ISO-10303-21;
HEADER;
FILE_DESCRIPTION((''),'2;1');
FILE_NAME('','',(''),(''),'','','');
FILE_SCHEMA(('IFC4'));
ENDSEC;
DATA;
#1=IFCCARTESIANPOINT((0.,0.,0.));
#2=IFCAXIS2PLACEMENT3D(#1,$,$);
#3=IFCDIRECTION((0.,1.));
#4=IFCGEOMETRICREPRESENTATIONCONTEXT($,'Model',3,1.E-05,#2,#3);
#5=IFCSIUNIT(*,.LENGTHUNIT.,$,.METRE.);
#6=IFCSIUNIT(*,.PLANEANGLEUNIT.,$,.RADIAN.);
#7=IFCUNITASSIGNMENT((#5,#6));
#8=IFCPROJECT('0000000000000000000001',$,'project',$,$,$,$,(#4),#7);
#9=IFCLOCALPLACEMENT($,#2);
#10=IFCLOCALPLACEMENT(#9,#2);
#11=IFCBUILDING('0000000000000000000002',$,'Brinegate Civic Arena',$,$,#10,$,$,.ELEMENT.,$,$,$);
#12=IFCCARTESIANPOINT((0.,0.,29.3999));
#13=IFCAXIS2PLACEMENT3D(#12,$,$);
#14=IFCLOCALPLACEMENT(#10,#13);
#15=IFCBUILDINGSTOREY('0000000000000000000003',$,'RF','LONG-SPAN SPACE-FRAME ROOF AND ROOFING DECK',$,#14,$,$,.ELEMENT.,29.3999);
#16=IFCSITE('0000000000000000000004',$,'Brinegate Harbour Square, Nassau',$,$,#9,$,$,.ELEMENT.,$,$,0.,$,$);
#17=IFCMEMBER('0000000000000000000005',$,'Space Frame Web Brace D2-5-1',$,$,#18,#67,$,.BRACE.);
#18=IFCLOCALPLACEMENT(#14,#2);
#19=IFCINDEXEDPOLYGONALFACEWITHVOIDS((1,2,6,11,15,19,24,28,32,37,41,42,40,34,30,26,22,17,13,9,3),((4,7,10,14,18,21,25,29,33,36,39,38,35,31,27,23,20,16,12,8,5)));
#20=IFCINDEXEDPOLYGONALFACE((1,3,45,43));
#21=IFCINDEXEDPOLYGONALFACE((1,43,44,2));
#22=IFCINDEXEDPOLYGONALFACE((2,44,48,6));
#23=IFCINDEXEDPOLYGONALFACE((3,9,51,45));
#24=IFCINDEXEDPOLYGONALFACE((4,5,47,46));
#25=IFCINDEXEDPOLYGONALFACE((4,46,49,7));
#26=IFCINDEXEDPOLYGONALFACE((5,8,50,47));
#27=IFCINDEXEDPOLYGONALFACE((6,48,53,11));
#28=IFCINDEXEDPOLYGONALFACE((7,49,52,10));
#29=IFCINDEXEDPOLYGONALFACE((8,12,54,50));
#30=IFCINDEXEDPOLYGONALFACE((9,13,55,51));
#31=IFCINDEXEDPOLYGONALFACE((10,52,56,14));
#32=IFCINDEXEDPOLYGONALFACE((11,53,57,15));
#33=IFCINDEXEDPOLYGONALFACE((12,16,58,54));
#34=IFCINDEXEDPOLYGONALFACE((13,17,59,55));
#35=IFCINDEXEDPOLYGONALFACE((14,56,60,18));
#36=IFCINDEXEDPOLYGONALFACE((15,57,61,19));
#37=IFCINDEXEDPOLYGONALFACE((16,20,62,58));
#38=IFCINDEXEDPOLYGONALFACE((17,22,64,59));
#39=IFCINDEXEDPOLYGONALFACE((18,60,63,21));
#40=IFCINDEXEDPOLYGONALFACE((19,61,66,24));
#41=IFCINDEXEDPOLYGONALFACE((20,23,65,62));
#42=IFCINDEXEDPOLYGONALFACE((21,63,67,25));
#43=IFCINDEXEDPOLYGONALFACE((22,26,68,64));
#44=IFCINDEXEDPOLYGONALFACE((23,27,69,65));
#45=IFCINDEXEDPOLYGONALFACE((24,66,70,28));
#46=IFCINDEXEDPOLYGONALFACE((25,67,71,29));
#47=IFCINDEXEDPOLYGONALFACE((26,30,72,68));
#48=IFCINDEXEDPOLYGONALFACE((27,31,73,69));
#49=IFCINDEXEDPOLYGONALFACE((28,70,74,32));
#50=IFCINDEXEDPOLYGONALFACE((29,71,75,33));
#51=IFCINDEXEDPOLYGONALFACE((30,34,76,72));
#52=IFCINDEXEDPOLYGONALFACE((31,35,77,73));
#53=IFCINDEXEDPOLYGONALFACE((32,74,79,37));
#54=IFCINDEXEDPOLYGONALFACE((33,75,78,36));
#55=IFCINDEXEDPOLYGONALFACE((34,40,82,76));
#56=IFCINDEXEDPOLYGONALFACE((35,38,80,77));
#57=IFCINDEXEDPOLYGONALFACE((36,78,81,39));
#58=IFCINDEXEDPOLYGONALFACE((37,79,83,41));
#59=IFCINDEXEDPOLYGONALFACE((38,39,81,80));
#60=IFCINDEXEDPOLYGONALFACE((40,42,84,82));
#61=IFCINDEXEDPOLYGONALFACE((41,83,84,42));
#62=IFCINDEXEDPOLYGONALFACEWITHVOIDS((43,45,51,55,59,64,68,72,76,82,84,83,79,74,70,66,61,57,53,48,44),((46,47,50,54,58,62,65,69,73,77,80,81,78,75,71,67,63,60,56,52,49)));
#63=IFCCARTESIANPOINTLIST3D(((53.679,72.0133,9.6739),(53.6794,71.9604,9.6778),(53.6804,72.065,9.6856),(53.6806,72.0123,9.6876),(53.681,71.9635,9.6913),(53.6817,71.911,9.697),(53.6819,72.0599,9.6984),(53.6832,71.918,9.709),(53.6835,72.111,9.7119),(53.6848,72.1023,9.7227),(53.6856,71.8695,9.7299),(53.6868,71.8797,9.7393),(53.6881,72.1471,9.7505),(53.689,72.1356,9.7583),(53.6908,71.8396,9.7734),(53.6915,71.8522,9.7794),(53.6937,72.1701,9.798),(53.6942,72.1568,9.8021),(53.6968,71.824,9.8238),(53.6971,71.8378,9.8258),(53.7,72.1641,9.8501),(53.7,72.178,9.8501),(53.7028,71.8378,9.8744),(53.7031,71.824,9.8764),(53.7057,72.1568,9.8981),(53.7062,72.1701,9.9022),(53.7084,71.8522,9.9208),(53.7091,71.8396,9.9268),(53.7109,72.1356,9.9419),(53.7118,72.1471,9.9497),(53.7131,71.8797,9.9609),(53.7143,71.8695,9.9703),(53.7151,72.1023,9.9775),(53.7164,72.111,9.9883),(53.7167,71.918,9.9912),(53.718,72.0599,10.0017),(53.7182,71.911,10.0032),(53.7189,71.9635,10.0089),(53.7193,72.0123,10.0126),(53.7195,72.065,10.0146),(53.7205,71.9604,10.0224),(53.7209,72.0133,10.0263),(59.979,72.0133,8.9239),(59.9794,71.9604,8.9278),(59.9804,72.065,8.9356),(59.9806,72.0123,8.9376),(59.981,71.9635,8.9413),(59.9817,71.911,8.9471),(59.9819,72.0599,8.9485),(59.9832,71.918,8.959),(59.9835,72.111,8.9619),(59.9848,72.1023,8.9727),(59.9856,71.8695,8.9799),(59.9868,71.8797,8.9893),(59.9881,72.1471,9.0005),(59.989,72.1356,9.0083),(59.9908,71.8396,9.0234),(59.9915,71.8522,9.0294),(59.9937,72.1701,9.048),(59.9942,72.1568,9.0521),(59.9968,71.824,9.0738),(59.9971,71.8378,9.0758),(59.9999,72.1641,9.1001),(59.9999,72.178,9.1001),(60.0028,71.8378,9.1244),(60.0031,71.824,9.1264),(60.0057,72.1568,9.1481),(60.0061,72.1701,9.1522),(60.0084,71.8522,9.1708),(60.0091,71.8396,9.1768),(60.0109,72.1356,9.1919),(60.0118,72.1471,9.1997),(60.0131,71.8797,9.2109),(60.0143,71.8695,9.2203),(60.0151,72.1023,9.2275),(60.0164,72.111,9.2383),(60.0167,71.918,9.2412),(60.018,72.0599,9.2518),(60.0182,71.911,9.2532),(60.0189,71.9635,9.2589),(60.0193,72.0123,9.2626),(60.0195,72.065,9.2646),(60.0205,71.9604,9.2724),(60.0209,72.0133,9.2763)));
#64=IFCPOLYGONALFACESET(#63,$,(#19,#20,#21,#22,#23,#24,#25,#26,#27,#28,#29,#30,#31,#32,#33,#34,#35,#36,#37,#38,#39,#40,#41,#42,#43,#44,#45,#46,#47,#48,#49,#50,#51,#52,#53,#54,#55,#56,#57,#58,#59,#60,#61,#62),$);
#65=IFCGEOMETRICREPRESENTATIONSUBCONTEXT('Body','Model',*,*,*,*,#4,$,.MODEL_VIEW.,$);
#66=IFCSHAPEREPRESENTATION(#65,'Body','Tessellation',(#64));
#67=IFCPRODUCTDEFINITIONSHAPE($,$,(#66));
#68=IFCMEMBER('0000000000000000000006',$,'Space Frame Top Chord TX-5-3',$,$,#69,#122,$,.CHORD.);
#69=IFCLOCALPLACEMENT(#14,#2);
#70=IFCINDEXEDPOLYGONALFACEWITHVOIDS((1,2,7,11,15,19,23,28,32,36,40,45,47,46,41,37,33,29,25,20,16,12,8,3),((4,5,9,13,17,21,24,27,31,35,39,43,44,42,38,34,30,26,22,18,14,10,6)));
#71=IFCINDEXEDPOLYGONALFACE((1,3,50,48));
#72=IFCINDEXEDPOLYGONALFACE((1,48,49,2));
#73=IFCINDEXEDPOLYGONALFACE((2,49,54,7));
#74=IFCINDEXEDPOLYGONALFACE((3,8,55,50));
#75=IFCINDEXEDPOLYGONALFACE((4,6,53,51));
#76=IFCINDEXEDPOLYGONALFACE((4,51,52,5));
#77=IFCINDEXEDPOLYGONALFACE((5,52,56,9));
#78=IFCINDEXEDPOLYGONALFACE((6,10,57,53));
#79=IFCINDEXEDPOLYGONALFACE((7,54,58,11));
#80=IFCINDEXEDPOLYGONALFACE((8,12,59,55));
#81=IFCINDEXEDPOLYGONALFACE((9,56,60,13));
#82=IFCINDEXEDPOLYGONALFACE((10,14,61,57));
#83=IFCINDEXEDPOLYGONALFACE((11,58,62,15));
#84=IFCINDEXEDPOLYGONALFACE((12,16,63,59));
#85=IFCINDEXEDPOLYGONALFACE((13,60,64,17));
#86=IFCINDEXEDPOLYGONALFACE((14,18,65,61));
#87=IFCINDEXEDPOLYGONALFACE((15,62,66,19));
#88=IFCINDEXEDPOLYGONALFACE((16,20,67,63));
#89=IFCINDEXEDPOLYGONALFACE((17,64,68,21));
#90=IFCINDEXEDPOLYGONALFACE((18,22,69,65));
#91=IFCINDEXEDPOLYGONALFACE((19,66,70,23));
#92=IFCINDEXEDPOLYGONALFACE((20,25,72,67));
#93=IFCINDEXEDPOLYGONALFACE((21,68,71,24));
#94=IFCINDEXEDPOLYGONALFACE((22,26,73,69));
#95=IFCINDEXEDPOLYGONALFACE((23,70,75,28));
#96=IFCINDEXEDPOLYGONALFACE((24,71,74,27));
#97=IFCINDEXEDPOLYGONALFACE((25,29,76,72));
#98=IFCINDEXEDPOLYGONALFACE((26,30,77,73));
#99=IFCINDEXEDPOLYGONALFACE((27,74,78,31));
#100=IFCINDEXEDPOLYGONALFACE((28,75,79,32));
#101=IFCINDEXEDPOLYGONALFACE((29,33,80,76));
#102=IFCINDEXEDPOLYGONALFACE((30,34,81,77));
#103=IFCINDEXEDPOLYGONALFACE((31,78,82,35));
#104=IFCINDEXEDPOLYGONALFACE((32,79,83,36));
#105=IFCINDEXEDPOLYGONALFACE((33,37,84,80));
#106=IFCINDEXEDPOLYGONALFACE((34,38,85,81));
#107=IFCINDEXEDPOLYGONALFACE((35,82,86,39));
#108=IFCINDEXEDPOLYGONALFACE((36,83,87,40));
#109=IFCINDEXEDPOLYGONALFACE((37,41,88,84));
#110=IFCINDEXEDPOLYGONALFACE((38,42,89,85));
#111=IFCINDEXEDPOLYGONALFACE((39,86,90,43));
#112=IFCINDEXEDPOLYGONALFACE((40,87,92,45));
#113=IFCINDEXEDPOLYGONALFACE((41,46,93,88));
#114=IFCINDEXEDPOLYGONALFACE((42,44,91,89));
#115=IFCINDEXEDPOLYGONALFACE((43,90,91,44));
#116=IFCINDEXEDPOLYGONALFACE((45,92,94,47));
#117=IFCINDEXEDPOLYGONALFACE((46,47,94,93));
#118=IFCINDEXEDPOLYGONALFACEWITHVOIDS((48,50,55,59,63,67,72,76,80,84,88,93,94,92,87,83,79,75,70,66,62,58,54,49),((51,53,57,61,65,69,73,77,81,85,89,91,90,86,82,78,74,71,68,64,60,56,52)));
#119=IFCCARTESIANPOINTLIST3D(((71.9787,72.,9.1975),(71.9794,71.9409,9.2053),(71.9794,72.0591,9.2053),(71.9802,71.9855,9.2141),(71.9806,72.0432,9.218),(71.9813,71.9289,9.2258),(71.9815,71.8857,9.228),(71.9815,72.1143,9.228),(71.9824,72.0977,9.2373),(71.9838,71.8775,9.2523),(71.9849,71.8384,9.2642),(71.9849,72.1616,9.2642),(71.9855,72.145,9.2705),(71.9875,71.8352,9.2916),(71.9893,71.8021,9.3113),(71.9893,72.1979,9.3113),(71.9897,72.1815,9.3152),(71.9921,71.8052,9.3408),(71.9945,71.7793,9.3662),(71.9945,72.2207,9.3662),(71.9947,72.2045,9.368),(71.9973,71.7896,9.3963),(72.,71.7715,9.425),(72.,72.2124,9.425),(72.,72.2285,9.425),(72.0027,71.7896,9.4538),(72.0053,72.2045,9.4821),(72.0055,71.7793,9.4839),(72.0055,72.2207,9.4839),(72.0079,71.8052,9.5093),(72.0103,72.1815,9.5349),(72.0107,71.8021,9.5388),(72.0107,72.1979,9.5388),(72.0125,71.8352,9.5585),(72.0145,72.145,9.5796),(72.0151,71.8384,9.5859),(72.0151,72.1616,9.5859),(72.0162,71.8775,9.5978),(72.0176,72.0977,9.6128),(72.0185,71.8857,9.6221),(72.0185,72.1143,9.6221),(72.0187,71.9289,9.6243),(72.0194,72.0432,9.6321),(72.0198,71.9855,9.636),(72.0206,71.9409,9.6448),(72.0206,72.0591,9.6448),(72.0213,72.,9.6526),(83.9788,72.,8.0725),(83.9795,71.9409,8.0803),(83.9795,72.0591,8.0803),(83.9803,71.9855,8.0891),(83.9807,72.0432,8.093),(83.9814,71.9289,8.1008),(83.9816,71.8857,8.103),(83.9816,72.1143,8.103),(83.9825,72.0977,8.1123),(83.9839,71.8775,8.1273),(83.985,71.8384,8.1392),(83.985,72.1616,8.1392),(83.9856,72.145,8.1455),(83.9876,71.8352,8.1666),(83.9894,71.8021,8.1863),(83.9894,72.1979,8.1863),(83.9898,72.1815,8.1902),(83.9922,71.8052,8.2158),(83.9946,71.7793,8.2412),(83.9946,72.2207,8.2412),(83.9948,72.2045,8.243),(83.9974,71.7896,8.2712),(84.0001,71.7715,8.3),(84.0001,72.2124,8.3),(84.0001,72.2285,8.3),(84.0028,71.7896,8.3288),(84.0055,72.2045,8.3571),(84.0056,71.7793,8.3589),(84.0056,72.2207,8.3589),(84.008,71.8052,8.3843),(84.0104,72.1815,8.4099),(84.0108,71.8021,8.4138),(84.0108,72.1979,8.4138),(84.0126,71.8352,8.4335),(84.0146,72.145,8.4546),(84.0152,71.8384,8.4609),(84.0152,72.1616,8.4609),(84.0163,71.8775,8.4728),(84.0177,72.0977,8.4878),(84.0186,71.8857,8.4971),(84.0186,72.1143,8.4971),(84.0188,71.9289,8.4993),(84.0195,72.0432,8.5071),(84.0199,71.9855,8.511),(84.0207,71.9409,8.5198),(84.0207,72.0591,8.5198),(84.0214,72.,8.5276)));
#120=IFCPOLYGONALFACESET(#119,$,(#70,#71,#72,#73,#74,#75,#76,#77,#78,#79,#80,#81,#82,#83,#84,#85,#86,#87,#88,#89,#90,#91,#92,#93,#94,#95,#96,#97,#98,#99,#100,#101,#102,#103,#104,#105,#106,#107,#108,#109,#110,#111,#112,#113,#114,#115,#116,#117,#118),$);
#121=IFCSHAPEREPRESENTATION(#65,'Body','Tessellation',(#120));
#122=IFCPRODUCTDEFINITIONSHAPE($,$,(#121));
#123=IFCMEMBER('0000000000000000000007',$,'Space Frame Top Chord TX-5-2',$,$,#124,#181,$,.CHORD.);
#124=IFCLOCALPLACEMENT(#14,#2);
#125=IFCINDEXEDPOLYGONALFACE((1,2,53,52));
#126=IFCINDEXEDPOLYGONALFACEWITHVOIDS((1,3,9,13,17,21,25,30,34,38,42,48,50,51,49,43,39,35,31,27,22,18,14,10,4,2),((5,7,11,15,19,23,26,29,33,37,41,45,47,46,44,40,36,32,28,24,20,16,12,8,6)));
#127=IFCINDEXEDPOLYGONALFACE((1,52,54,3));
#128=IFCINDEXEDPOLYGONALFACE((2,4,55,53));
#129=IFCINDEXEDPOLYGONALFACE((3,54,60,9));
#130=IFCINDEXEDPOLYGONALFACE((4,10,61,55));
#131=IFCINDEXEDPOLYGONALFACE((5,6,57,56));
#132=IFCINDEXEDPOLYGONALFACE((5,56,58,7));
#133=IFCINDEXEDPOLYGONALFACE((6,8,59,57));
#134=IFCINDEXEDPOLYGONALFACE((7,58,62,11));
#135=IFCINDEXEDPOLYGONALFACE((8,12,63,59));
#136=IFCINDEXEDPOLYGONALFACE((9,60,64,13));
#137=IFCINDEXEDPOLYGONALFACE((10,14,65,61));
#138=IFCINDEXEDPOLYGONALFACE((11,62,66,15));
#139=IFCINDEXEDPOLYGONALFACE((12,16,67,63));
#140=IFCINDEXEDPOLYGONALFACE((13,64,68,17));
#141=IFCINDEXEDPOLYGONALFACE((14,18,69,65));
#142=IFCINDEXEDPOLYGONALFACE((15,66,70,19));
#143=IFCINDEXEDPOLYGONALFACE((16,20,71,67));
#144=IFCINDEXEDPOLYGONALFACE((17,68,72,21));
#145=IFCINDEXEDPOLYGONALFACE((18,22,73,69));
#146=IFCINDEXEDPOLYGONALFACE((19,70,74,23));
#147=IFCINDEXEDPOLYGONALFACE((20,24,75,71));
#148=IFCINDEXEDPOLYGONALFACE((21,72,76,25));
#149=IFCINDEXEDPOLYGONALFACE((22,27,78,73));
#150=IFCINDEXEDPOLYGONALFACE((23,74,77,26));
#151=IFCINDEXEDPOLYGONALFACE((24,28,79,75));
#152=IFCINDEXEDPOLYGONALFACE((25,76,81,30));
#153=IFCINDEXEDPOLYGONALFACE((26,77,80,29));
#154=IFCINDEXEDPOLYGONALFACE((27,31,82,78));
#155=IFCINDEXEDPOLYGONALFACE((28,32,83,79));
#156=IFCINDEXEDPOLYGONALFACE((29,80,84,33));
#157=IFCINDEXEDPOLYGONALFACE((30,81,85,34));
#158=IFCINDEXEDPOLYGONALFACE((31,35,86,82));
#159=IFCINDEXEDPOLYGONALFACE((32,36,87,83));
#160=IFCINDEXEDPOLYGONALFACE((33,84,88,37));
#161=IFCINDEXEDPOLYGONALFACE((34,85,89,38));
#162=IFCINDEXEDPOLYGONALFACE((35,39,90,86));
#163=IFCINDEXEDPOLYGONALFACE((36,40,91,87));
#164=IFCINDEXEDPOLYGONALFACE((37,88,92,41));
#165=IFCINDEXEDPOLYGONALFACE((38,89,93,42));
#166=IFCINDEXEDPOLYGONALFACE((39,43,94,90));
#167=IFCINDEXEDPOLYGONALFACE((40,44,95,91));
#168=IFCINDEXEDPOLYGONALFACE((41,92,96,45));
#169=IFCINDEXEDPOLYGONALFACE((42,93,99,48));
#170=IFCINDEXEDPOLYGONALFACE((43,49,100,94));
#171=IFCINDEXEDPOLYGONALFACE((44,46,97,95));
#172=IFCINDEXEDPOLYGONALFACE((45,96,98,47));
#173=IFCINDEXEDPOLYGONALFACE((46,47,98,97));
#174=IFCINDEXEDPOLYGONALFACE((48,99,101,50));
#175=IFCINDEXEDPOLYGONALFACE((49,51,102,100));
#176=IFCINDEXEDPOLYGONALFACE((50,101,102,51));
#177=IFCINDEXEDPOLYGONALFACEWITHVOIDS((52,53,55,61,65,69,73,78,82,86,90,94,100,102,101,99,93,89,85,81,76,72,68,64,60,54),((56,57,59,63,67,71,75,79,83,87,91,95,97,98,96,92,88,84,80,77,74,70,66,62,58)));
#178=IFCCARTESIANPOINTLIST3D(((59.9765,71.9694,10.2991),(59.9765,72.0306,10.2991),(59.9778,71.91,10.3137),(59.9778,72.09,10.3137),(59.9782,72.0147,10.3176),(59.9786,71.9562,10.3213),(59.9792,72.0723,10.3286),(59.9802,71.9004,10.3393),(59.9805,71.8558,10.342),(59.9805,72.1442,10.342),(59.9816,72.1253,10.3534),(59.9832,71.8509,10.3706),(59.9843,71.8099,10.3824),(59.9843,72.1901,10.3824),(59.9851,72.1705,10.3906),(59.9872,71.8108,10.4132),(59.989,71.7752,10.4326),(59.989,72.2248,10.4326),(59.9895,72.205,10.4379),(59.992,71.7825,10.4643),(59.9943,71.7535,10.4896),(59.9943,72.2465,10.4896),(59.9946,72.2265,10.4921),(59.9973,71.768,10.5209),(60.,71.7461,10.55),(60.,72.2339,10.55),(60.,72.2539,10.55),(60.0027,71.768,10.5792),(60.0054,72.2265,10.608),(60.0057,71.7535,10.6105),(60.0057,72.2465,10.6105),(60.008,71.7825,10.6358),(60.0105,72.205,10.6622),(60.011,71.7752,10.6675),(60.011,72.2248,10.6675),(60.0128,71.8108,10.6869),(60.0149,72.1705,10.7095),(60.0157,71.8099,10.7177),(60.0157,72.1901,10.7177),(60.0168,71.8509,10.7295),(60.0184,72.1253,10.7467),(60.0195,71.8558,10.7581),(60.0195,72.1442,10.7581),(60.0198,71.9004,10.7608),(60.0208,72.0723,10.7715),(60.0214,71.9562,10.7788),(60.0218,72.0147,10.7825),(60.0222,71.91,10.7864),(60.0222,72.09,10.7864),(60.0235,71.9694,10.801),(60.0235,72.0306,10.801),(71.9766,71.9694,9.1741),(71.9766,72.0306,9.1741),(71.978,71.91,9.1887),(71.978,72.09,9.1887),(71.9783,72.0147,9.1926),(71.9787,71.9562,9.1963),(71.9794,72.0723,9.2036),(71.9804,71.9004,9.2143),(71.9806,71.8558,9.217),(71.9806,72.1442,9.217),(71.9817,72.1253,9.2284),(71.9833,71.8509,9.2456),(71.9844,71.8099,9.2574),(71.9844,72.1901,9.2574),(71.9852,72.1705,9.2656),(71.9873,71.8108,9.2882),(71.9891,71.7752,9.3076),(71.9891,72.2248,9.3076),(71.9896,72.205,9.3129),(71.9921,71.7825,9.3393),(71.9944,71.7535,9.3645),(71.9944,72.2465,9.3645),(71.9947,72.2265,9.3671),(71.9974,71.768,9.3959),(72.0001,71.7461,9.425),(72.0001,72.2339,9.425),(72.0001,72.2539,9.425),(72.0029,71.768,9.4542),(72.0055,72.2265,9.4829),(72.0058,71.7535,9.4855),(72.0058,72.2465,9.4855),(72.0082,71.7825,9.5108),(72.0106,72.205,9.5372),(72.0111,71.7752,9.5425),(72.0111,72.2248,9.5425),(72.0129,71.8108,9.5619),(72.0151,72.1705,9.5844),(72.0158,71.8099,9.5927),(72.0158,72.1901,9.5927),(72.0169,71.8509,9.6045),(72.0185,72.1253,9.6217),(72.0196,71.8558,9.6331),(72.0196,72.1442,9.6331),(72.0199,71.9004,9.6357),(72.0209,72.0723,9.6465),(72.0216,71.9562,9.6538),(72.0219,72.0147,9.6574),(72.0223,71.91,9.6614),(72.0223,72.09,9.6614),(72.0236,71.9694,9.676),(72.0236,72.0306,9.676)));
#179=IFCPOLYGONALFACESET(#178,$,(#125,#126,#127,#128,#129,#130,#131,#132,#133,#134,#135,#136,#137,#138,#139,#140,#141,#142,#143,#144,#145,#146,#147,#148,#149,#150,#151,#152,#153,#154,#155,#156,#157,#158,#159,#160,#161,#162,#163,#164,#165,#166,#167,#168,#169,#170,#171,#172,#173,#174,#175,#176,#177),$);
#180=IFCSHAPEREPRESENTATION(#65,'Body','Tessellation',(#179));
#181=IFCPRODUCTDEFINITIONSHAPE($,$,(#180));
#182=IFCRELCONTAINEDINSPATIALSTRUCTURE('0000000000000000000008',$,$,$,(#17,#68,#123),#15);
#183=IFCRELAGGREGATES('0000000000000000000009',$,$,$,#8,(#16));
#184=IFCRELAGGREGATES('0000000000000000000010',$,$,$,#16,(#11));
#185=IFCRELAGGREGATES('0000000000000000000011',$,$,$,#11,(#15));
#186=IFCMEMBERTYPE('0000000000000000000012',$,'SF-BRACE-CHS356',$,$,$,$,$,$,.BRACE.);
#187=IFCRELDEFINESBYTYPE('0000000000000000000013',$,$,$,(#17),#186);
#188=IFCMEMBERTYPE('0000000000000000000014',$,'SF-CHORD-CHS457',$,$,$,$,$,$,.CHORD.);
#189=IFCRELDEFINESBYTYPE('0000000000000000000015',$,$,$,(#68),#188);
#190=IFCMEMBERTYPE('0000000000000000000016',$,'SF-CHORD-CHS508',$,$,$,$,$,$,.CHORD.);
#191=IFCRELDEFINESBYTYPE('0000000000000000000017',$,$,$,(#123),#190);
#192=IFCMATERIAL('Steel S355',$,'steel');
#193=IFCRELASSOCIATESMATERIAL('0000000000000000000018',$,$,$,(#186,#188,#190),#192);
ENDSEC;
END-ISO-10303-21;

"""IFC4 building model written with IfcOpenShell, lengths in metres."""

from ifc_helpers import new_model, si_unit, direction, frame, origin, origin_2d, place, context, subcontext, project, spatial, hollow_circle, extrude, material, material_profile, profile_set, type_object, element, save


model = new_model("IFC4")

# Units and contexts
model_context = context("Model", 3, precision=1e-05, world=origin(), true_north=direction((0.0, 1.0)))
body_context = subcontext(model_context, "Body", "Model", "MODEL_VIEW")
ifc_project = project(units=[si_unit("LENGTHUNIT", "METRE"), si_unit("PLANEANGLEUNIT", "RADIAN")], contexts=[model_context])

# Site, building, storey
site_placement = place(None, origin())
site = spatial("IfcSite", under=ifc_project, at=site_placement, Name="Brinegate Harbour Square, Nassau", CompositionType="ELEMENT", RefElevation=0.0)
building_placement = place(site_placement, origin())
building = spatial("IfcBuilding", under=site, at=building_placement, Name="Brinegate Civic Arena", CompositionType="ELEMENT")
storey_placement = place(building_placement, frame((0.0, 0.0, 29.3999)))
storey = spatial("IfcBuildingStorey", under=building, at=storey_placement, Name="RF", Description="LONG-SPAN SPACE-FRAME ROOF AND ROOFING DECK", CompositionType="ELEMENT", Elevation=29.3999)

# Shared definitions
ifc_material_1 = material(Name="Steel S355", Category="steel")

# Members
ifc_material_profile_1 = material_profile(ifc_material_1, hollow_circle(Radius=0.178, WallThickness=0.0139, at=origin_2d()), Name="CHS356X14")
ifc_profile_set_1 = profile_set([ifc_material_profile_1], Name="Steel S355")
member_type_1 = type_object("IfcMemberType", Name="SF-BRACE-CHS356", PredefinedType="BRACE", material=ifc_profile_set_1)
member_1_placement = place(storey_placement, frame((53.7, 72.0, 9.8501), z_axis=(0.992988, 0.0, -0.118212), x_axis=(0.0, 1.0, 0.0)))
element("IfcMember", 1, at=member_1_placement, inside=storey, type_object=member_type_1, Name="Space Frame Web Brace D2-5-1", PredefinedType="BRACE", context=body_context, shape_type="SweptSolid", body=[
    extrude(hollow_circle(Radius=0.178, WallThickness=0.0139, at=origin_2d()), origin(), (0.0, 0.0, 1.0), 6.3445),
])
ifc_material_profile_2 = material_profile(ifc_material_1, hollow_circle(Radius=0.2285, WallThickness=0.0161, at=origin_2d()), Name="CHS457X16")
ifc_profile_set_2 = profile_set([ifc_material_profile_2], Name="Steel S355")
member_type_2 = type_object("IfcMemberType", Name="SF-CHORD-CHS457", PredefinedType="CHORD", material=ifc_profile_set_2)
member_2_placement = place(storey_placement, frame((72.0, 72.0, 9.425), z_axis=(0.995634, 0.0, -0.093341), x_axis=(0.0, 1.0, 0.0)))
element("IfcMember", 2, at=member_2_placement, inside=storey, type_object=member_type_2, Name="Space Frame Top Chord TX-5-3", PredefinedType="CHORD", context=body_context, shape_type="SweptSolid", body=[
    extrude(hollow_circle(Radius=0.2285, WallThickness=0.0161, at=origin_2d()), origin(), (0.0, 0.0, 1.0), 12.0527),
])
ifc_material_profile_3 = material_profile(ifc_material_1, hollow_circle(Radius=0.2539, WallThickness=0.02, at=origin_2d()), Name="CHS508X20")
ifc_profile_set_3 = profile_set([ifc_material_profile_3], Name="Steel S355")
member_type_3 = type_object("IfcMemberType", Name="SF-CHORD-CHS508", PredefinedType="CHORD", material=ifc_profile_set_3)
member_3_placement = place(storey_placement, frame((60.0, 72.0, 10.55), z_axis=(0.995634, 0.0, -0.093341), x_axis=(0.0, 1.0, 0.0)))
element("IfcMember", 3, at=member_3_placement, inside=storey, type_object=member_type_3, Name="Space Frame Top Chord TX-5-2", PredefinedType="CHORD", context=body_context, shape_type="SweptSolid", body=[
    extrude(hollow_circle(Radius=0.2539, WallThickness=0.02, at=origin_2d()), origin(), (0.0, 0.0, 1.0), 12.0527),
])

save(model, "model.ifc")
